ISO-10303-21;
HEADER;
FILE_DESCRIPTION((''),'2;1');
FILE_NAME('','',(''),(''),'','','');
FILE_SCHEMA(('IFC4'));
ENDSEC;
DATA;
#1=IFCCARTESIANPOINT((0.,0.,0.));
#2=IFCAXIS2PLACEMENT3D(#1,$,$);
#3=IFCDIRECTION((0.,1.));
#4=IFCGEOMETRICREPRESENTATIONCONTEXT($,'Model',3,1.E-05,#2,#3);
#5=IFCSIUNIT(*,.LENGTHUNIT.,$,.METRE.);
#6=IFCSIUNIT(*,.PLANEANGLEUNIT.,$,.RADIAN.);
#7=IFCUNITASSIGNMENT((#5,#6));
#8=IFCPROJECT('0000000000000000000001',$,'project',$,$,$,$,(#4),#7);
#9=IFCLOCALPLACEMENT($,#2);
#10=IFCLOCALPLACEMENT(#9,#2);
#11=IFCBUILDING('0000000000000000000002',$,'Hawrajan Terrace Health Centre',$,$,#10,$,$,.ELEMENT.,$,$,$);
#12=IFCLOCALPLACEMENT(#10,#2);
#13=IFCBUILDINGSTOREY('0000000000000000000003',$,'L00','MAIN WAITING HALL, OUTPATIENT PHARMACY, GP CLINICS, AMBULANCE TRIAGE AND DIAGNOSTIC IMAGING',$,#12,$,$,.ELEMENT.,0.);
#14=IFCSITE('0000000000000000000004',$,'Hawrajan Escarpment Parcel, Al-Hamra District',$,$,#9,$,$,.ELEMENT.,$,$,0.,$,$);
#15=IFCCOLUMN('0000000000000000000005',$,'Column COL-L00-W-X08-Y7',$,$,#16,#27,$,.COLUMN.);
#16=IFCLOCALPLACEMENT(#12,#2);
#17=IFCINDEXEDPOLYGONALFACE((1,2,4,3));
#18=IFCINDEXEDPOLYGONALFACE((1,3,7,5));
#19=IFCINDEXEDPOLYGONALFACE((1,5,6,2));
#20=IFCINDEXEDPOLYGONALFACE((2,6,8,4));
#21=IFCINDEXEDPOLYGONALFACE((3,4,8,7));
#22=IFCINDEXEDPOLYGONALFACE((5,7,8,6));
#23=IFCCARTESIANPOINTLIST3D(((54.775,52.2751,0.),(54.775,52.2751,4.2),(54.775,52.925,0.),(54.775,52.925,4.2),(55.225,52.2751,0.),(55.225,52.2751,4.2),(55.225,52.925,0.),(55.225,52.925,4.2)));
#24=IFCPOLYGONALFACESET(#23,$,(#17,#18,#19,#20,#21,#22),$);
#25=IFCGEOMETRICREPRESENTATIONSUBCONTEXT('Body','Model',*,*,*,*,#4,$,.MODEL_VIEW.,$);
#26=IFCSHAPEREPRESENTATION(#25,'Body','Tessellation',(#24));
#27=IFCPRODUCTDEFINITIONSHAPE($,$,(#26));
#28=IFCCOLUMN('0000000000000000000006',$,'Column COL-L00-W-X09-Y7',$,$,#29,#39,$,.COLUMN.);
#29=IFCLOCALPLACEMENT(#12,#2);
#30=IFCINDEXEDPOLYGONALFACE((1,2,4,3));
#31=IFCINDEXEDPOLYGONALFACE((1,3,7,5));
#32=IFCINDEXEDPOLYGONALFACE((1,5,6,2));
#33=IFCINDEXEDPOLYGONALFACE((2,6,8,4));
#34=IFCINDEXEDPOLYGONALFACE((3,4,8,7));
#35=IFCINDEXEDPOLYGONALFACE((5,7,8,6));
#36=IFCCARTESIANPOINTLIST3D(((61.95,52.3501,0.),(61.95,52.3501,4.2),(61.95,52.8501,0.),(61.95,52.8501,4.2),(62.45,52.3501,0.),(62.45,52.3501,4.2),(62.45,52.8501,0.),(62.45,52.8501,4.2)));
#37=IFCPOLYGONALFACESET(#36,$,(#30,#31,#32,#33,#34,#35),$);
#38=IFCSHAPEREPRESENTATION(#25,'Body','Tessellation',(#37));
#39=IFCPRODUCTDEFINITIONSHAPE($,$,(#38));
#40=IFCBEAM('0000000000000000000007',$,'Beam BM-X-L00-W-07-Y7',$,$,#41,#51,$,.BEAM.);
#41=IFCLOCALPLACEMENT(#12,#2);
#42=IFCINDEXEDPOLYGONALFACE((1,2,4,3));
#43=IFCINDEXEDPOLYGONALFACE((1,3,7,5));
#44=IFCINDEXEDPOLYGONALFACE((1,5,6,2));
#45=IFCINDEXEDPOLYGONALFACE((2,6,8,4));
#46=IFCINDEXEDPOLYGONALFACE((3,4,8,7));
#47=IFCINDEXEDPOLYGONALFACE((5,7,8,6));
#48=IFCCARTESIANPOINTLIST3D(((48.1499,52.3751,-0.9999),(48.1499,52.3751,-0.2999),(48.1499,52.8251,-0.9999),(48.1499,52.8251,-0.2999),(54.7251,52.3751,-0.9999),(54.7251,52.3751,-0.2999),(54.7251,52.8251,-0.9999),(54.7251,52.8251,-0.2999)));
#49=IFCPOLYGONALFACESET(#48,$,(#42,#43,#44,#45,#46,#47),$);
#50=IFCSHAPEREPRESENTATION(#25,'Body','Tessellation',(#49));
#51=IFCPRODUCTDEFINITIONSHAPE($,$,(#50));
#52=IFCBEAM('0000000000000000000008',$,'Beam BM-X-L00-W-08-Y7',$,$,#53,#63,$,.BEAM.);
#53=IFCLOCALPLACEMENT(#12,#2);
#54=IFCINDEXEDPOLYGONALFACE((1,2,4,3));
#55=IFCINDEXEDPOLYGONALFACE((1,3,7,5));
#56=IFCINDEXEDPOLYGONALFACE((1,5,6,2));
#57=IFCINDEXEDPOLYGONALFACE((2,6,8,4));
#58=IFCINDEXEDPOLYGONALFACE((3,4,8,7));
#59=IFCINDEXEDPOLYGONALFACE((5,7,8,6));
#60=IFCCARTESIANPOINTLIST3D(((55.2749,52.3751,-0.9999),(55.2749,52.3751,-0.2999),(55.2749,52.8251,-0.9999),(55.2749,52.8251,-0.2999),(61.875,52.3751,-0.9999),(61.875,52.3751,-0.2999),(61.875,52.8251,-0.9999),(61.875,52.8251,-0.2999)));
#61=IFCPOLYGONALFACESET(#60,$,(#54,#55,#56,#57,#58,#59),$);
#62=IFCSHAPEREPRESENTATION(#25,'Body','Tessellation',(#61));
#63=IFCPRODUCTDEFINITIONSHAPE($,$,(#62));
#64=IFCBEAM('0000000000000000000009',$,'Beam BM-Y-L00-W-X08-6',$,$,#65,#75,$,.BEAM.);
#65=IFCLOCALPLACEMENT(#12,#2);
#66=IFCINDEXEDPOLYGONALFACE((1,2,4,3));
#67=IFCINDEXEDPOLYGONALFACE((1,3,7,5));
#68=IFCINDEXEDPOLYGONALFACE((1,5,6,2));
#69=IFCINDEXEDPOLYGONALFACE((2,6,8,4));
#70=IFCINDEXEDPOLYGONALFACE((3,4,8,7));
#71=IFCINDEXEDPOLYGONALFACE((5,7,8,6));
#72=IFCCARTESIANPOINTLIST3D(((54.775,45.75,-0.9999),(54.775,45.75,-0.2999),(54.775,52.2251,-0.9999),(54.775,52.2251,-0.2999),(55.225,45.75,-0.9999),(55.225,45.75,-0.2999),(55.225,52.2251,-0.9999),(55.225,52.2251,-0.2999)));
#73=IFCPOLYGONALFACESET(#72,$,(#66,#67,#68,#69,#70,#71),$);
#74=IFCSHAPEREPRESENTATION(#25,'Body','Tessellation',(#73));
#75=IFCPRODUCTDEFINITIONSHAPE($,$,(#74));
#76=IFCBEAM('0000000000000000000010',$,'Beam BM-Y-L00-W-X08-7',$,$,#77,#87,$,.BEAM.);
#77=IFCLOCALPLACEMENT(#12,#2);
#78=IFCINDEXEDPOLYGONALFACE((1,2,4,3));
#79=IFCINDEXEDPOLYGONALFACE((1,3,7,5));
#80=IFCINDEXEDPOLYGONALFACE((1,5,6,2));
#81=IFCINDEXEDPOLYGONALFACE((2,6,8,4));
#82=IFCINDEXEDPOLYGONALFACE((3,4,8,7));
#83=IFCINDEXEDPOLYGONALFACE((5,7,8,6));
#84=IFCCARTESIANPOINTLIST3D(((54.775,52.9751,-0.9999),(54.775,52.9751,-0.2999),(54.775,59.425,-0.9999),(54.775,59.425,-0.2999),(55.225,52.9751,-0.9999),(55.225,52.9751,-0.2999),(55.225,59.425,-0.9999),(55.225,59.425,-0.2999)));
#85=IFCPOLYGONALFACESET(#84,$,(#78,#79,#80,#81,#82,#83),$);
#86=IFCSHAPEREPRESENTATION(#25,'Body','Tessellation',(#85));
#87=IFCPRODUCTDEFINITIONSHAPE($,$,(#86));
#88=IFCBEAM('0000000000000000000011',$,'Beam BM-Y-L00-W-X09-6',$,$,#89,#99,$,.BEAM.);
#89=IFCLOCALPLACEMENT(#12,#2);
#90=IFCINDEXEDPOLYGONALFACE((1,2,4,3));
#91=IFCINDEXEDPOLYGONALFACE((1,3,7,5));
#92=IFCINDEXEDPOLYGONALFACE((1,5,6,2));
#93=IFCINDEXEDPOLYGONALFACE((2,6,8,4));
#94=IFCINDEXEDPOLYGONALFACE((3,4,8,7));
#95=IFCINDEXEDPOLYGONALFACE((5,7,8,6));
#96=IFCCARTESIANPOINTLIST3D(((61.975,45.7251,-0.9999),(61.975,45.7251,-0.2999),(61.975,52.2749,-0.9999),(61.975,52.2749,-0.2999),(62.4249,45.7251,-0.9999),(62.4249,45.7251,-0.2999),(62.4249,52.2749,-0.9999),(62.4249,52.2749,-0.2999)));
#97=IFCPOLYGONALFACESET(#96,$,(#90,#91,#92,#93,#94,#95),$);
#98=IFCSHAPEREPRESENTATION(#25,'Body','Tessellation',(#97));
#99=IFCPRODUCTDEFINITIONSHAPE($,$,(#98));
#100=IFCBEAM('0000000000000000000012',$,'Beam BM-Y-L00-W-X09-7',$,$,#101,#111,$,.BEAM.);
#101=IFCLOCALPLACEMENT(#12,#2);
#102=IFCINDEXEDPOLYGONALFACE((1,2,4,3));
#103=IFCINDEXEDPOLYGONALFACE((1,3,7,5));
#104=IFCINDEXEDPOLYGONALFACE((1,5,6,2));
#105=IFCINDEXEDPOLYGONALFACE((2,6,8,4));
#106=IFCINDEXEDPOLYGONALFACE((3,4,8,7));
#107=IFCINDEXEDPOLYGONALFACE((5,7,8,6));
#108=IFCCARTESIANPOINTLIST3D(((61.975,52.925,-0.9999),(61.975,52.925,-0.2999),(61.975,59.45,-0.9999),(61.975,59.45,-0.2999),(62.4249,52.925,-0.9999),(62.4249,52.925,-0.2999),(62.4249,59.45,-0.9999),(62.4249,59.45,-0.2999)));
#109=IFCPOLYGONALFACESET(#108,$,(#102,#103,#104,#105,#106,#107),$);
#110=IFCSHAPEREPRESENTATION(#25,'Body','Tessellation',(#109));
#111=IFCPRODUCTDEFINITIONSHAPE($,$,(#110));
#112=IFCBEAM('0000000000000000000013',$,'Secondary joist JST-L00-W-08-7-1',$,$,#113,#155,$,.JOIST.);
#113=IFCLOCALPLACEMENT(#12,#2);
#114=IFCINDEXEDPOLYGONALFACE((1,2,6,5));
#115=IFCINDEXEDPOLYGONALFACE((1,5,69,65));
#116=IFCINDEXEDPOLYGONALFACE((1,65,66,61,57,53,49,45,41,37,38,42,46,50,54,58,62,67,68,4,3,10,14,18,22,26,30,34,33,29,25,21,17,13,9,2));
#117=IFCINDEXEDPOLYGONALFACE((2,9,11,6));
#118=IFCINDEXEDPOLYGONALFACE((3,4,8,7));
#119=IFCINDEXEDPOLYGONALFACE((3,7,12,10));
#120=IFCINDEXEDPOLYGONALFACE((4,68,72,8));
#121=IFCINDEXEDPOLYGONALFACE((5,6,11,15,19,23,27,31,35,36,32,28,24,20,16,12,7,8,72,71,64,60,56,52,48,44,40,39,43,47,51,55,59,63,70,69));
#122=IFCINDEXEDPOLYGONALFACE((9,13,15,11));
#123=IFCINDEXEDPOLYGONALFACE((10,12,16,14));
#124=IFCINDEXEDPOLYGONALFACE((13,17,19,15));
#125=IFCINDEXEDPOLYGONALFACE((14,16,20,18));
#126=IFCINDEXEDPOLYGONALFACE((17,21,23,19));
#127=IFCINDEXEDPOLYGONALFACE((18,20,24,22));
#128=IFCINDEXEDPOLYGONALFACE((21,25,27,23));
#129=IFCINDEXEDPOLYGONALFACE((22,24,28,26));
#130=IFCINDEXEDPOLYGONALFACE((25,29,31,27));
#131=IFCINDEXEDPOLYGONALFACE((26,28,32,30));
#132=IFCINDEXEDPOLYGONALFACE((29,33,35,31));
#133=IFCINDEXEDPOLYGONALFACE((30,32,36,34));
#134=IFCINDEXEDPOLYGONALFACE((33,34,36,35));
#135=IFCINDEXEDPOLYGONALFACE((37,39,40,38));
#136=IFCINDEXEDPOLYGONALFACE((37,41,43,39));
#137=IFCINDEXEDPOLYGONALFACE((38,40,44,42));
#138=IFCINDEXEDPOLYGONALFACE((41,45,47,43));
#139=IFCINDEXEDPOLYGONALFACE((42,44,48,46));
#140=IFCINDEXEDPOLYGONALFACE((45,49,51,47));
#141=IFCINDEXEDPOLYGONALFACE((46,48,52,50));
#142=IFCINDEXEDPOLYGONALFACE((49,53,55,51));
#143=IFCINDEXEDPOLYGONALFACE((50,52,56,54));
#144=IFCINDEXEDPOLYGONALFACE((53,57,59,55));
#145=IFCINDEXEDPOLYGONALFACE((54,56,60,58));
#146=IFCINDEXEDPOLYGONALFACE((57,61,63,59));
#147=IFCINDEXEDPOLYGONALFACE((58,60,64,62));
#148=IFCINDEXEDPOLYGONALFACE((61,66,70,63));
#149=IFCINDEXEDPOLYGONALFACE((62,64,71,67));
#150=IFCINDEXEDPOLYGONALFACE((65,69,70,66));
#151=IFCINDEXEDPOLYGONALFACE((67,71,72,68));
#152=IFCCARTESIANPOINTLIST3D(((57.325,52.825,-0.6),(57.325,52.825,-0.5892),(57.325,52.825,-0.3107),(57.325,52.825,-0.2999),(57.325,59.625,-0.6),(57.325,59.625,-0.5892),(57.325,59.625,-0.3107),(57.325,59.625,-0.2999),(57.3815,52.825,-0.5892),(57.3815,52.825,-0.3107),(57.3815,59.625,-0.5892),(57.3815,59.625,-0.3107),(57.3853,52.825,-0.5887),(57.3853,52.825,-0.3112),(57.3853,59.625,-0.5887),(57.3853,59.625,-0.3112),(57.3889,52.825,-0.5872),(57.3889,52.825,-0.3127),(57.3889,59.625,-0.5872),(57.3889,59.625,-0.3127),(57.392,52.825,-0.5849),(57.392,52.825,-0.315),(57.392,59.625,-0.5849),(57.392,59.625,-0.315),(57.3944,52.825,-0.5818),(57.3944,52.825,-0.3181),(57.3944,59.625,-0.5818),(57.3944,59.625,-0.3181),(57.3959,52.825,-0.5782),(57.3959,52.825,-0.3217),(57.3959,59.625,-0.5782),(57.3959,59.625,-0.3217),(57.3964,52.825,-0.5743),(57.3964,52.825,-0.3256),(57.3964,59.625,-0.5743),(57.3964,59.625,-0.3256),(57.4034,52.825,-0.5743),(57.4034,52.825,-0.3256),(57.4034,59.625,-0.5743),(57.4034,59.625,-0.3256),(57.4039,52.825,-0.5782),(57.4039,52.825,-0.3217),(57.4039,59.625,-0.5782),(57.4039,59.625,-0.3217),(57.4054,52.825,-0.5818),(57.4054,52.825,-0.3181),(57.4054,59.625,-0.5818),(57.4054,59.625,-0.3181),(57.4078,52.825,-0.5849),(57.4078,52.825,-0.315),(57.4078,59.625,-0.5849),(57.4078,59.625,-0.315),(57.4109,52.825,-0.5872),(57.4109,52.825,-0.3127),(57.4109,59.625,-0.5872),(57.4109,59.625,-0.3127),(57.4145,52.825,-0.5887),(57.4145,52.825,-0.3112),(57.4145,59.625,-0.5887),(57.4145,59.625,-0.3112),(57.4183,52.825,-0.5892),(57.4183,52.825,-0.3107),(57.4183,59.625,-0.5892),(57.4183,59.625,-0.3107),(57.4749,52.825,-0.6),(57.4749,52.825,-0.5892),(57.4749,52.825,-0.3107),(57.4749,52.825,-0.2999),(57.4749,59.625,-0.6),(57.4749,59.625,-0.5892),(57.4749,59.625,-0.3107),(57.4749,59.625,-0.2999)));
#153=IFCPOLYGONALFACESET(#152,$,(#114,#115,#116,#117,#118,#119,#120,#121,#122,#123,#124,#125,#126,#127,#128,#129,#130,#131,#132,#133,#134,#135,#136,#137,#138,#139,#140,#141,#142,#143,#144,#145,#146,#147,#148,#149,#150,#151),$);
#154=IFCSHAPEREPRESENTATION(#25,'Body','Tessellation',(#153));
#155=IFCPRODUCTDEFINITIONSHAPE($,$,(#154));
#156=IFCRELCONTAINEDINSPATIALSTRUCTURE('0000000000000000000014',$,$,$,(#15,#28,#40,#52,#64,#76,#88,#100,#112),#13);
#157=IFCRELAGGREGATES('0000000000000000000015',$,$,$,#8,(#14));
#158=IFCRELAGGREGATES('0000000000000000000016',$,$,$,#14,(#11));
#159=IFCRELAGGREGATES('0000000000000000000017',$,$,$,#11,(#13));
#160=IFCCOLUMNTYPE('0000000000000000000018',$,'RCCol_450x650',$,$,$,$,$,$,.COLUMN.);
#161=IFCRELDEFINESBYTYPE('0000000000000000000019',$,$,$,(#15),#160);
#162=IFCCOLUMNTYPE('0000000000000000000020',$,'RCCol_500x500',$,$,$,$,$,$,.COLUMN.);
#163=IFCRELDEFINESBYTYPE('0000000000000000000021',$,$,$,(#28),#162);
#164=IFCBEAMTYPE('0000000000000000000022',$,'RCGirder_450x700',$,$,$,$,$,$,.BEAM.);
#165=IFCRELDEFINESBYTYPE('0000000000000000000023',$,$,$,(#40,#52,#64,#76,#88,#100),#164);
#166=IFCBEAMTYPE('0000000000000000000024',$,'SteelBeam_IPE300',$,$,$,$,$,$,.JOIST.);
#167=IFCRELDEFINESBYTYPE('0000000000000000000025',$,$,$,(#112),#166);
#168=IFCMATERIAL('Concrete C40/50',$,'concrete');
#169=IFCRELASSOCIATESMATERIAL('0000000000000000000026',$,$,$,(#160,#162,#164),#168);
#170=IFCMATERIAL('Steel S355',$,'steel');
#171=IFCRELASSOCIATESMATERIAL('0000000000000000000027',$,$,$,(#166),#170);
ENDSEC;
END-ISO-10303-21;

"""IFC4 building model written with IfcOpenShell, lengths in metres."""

from ifc_helpers import new_model, si_unit, direction, frame, origin, origin_2d, place, context, subcontext, project, spatial, rectangle, i_section, extrude, material, material_profile, profile_set, type_object, element, save


model = new_model("IFC4")

# Units and contexts
model_context = context("Model", 3, precision=1e-05, world=origin(), true_north=direction((0.0, 1.0)))
body_context = subcontext(model_context, "Body", "Model", "MODEL_VIEW")
ifc_project = project(units=[si_unit("LENGTHUNIT", "METRE"), si_unit("PLANEANGLEUNIT", "RADIAN")], contexts=[model_context])

# Site, building, storey
site_placement = place(None, origin())
site = spatial("IfcSite", under=ifc_project, at=site_placement, Name="Hawrajan Escarpment Parcel, Al-Hamra District", CompositionType="ELEMENT", RefElevation=0.0)
building_placement = place(site_placement, origin())
building = spatial("IfcBuilding", under=site, at=building_placement, Name="Hawrajan Terrace Health Centre", CompositionType="ELEMENT")
storey_placement = place(building_placement, origin())
storey = spatial("IfcBuildingStorey", under=building, at=storey_placement, Name="L00", Description="MAIN WAITING HALL, OUTPATIENT PHARMACY, GP CLINICS, AMBULANCE TRIAGE AND DIAGNOSTIC IMAGING", CompositionType="ELEMENT", Elevation=0.0)

# Columns
ifc_material_1 = material(Name="Concrete C40/50", Category="concrete")
ifc_material_profile_1 = material_profile(ifc_material_1, rectangle(XDim=0.45, YDim=0.6499, at=origin_2d()), Name="RC 450x650")
ifc_profile_set_1 = profile_set([ifc_material_profile_1], Name="Concrete C40/50")
column_type_1 = type_object("IfcColumnType", Name="RCCol_450x650", PredefinedType="COLUMN", material=ifc_profile_set_1)
column_1_placement = place(storey_placement, frame((55.0, 52.6001, 0.0), z_axis=(0.0, 0.0, 1.0), x_axis=(1.0, 0.0, 0.0)))
element("IfcColumn", 1, at=column_1_placement, inside=storey, type_object=column_type_1, Name="Column COL-L00-W-X08-Y7", PredefinedType="COLUMN", context=body_context, shape_type="SweptSolid", body=[
    extrude(rectangle(XDim=0.45, YDim=0.6499, at=origin_2d()), origin(), (0.0, 0.0, 1.0), 4.2),
])
ifc_material_profile_2 = material_profile(ifc_material_1, rectangle(XDim=0.5, YDim=0.5, at=origin_2d()), Name="RC 500x500")
ifc_profile_set_2 = profile_set([ifc_material_profile_2], Name="Concrete C40/50")
column_type_2 = type_object("IfcColumnType", Name="RCCol_500x500", PredefinedType="COLUMN", material=ifc_profile_set_2)
column_2_placement = place(storey_placement, frame((62.2, 52.6001, 0.0), z_axis=(0.0, 0.0, 1.0), x_axis=(1.0, 0.0, 0.0)))
element("IfcColumn", 2, at=column_2_placement, inside=storey, type_object=column_type_2, Name="Column COL-L00-W-X09-Y7", PredefinedType="COLUMN", context=body_context, shape_type="SweptSolid", body=[
    extrude(rectangle(XDim=0.5, YDim=0.5, at=origin_2d()), origin(), (0.0, 0.0, 1.0), 4.2),
])

# Beams
ifc_material_profile_3 = material_profile(ifc_material_1, rectangle(XDim=0.45, YDim=0.7, at=origin_2d()), Name="RC BM 450x700")
ifc_profile_set_3 = profile_set([ifc_material_profile_3], Name="Concrete C40/50")
beam_type_1 = type_object("IfcBeamType", Name="RCGirder_450x700", PredefinedType="BEAM", material=ifc_profile_set_3)
beam_1_placement = place(storey_placement, frame((48.1499, 52.6001, -0.6499), z_axis=(1.0, 0.0, 0.0), x_axis=(0.0, 1.0, 0.0)))
element("IfcBeam", 3, at=beam_1_placement, inside=storey, type_object=beam_type_1, Name="Beam BM-X-L00-W-07-Y7", PredefinedType="BEAM", context=body_context, shape_type="SweptSolid", body=[
    extrude(rectangle(XDim=0.45, YDim=0.7, at=origin_2d()), origin(), (0.0, 0.0, 1.0), 6.5752),
])
beam_2_placement = place(storey_placement, frame((55.2749, 52.6001, -0.6499), z_axis=(1.0, 0.0, 0.0), x_axis=(0.0, 1.0, 0.0)))
element("IfcBeam", 4, at=beam_2_placement, inside=storey, type_object=beam_type_1, Name="Beam BM-X-L00-W-08-Y7", PredefinedType="BEAM", context=body_context, shape_type="SweptSolid", body=[
    extrude(rectangle(XDim=0.45, YDim=0.7, at=origin_2d()), origin(), (0.0, 0.0, 1.0), 6.6001),
])
beam_3_placement = place(storey_placement, frame((55.0, 45.75, -0.6499), z_axis=(0.0, 1.0, 0.0), x_axis=(-1.0, 0.0, 0.0)))
element("IfcBeam", 5, at=beam_3_placement, inside=storey, type_object=beam_type_1, Name="Beam BM-Y-L00-W-X08-6", PredefinedType="BEAM", context=body_context, shape_type="SweptSolid", body=[
    extrude(rectangle(XDim=0.45, YDim=0.7, at=origin_2d()), origin(), (0.0, 0.0, 1.0), 6.4751),
])
beam_4_placement = place(storey_placement, frame((55.0, 52.9751, -0.6499), z_axis=(0.0, 1.0, 0.0), x_axis=(-1.0, 0.0, 0.0)))
element("IfcBeam", 6, at=beam_4_placement, inside=storey, type_object=beam_type_1, Name="Beam BM-Y-L00-W-X08-7", PredefinedType="BEAM", context=body_context, shape_type="SweptSolid", body=[
    extrude(rectangle(XDim=0.45, YDim=0.7, at=origin_2d()), origin(), (0.0, 0.0, 1.0), 6.45),
])
beam_5_placement = place(storey_placement, frame((62.2, 45.7251, -0.6499), z_axis=(0.0, 1.0, 0.0), x_axis=(-1.0, 0.0, 0.0)))
element("IfcBeam", 7, at=beam_5_placement, inside=storey, type_object=beam_type_1, Name="Beam BM-Y-L00-W-X09-6", PredefinedType="BEAM", context=body_context, shape_type="SweptSolid", body=[
    extrude(rectangle(XDim=0.45, YDim=0.7, at=origin_2d()), origin(), (0.0, 0.0, 1.0), 6.5498),
])
beam_6_placement = place(storey_placement, frame((62.2, 52.925, -0.6499), z_axis=(0.0, 1.0, 0.0), x_axis=(-1.0, 0.0, 0.0)))
element("IfcBeam", 8, at=beam_6_placement, inside=storey, type_object=beam_type_1, Name="Beam BM-Y-L00-W-X09-7", PredefinedType="BEAM", context=body_context, shape_type="SweptSolid", body=[
    extrude(rectangle(XDim=0.45, YDim=0.7, at=origin_2d()), origin(), (0.0, 0.0, 1.0), 6.5249),
])
ifc_material_2 = material(Name="Steel S355", Category="steel")
ifc_material_profile_4 = material_profile(ifc_material_2, i_section(OverallWidth=0.1499, OverallDepth=0.3, WebThickness=0.0071, FlangeThickness=0.0107, FilletRadius=0.0149, at=origin_2d()), Name="IPE 300")
ifc_profile_set_4 = profile_set([ifc_material_profile_4], Name="Steel S355")
beam_type_2 = type_object("IfcBeamType", Name="SteelBeam_IPE300", PredefinedType="JOIST", material=ifc_profile_set_4)
for number, where, z_axis, x_axis, name in (
    (9, (57.3999, 52.825, -0.45), (0.0, 1.0, 0.0), (-1.0, 0.0, 0.0), "Secondary joist JST-L00-W-08-7-1"),
):
    element("IfcBeam", number, at=place(storey_placement, frame(where, z_axis=z_axis, x_axis=x_axis)), inside=storey, type_object=beam_type_2, Name=name, PredefinedType="JOIST", context=body_context, shape_type="SweptSolid", body=[
        extrude(i_section(OverallWidth=0.1499, OverallDepth=0.3, WebThickness=0.0071, FlangeThickness=0.0107, FilletRadius=0.0149, at=origin_2d()), origin(), (0.0, 0.0, 1.0), 6.8),
    ])

save(model, "model.ifc")
